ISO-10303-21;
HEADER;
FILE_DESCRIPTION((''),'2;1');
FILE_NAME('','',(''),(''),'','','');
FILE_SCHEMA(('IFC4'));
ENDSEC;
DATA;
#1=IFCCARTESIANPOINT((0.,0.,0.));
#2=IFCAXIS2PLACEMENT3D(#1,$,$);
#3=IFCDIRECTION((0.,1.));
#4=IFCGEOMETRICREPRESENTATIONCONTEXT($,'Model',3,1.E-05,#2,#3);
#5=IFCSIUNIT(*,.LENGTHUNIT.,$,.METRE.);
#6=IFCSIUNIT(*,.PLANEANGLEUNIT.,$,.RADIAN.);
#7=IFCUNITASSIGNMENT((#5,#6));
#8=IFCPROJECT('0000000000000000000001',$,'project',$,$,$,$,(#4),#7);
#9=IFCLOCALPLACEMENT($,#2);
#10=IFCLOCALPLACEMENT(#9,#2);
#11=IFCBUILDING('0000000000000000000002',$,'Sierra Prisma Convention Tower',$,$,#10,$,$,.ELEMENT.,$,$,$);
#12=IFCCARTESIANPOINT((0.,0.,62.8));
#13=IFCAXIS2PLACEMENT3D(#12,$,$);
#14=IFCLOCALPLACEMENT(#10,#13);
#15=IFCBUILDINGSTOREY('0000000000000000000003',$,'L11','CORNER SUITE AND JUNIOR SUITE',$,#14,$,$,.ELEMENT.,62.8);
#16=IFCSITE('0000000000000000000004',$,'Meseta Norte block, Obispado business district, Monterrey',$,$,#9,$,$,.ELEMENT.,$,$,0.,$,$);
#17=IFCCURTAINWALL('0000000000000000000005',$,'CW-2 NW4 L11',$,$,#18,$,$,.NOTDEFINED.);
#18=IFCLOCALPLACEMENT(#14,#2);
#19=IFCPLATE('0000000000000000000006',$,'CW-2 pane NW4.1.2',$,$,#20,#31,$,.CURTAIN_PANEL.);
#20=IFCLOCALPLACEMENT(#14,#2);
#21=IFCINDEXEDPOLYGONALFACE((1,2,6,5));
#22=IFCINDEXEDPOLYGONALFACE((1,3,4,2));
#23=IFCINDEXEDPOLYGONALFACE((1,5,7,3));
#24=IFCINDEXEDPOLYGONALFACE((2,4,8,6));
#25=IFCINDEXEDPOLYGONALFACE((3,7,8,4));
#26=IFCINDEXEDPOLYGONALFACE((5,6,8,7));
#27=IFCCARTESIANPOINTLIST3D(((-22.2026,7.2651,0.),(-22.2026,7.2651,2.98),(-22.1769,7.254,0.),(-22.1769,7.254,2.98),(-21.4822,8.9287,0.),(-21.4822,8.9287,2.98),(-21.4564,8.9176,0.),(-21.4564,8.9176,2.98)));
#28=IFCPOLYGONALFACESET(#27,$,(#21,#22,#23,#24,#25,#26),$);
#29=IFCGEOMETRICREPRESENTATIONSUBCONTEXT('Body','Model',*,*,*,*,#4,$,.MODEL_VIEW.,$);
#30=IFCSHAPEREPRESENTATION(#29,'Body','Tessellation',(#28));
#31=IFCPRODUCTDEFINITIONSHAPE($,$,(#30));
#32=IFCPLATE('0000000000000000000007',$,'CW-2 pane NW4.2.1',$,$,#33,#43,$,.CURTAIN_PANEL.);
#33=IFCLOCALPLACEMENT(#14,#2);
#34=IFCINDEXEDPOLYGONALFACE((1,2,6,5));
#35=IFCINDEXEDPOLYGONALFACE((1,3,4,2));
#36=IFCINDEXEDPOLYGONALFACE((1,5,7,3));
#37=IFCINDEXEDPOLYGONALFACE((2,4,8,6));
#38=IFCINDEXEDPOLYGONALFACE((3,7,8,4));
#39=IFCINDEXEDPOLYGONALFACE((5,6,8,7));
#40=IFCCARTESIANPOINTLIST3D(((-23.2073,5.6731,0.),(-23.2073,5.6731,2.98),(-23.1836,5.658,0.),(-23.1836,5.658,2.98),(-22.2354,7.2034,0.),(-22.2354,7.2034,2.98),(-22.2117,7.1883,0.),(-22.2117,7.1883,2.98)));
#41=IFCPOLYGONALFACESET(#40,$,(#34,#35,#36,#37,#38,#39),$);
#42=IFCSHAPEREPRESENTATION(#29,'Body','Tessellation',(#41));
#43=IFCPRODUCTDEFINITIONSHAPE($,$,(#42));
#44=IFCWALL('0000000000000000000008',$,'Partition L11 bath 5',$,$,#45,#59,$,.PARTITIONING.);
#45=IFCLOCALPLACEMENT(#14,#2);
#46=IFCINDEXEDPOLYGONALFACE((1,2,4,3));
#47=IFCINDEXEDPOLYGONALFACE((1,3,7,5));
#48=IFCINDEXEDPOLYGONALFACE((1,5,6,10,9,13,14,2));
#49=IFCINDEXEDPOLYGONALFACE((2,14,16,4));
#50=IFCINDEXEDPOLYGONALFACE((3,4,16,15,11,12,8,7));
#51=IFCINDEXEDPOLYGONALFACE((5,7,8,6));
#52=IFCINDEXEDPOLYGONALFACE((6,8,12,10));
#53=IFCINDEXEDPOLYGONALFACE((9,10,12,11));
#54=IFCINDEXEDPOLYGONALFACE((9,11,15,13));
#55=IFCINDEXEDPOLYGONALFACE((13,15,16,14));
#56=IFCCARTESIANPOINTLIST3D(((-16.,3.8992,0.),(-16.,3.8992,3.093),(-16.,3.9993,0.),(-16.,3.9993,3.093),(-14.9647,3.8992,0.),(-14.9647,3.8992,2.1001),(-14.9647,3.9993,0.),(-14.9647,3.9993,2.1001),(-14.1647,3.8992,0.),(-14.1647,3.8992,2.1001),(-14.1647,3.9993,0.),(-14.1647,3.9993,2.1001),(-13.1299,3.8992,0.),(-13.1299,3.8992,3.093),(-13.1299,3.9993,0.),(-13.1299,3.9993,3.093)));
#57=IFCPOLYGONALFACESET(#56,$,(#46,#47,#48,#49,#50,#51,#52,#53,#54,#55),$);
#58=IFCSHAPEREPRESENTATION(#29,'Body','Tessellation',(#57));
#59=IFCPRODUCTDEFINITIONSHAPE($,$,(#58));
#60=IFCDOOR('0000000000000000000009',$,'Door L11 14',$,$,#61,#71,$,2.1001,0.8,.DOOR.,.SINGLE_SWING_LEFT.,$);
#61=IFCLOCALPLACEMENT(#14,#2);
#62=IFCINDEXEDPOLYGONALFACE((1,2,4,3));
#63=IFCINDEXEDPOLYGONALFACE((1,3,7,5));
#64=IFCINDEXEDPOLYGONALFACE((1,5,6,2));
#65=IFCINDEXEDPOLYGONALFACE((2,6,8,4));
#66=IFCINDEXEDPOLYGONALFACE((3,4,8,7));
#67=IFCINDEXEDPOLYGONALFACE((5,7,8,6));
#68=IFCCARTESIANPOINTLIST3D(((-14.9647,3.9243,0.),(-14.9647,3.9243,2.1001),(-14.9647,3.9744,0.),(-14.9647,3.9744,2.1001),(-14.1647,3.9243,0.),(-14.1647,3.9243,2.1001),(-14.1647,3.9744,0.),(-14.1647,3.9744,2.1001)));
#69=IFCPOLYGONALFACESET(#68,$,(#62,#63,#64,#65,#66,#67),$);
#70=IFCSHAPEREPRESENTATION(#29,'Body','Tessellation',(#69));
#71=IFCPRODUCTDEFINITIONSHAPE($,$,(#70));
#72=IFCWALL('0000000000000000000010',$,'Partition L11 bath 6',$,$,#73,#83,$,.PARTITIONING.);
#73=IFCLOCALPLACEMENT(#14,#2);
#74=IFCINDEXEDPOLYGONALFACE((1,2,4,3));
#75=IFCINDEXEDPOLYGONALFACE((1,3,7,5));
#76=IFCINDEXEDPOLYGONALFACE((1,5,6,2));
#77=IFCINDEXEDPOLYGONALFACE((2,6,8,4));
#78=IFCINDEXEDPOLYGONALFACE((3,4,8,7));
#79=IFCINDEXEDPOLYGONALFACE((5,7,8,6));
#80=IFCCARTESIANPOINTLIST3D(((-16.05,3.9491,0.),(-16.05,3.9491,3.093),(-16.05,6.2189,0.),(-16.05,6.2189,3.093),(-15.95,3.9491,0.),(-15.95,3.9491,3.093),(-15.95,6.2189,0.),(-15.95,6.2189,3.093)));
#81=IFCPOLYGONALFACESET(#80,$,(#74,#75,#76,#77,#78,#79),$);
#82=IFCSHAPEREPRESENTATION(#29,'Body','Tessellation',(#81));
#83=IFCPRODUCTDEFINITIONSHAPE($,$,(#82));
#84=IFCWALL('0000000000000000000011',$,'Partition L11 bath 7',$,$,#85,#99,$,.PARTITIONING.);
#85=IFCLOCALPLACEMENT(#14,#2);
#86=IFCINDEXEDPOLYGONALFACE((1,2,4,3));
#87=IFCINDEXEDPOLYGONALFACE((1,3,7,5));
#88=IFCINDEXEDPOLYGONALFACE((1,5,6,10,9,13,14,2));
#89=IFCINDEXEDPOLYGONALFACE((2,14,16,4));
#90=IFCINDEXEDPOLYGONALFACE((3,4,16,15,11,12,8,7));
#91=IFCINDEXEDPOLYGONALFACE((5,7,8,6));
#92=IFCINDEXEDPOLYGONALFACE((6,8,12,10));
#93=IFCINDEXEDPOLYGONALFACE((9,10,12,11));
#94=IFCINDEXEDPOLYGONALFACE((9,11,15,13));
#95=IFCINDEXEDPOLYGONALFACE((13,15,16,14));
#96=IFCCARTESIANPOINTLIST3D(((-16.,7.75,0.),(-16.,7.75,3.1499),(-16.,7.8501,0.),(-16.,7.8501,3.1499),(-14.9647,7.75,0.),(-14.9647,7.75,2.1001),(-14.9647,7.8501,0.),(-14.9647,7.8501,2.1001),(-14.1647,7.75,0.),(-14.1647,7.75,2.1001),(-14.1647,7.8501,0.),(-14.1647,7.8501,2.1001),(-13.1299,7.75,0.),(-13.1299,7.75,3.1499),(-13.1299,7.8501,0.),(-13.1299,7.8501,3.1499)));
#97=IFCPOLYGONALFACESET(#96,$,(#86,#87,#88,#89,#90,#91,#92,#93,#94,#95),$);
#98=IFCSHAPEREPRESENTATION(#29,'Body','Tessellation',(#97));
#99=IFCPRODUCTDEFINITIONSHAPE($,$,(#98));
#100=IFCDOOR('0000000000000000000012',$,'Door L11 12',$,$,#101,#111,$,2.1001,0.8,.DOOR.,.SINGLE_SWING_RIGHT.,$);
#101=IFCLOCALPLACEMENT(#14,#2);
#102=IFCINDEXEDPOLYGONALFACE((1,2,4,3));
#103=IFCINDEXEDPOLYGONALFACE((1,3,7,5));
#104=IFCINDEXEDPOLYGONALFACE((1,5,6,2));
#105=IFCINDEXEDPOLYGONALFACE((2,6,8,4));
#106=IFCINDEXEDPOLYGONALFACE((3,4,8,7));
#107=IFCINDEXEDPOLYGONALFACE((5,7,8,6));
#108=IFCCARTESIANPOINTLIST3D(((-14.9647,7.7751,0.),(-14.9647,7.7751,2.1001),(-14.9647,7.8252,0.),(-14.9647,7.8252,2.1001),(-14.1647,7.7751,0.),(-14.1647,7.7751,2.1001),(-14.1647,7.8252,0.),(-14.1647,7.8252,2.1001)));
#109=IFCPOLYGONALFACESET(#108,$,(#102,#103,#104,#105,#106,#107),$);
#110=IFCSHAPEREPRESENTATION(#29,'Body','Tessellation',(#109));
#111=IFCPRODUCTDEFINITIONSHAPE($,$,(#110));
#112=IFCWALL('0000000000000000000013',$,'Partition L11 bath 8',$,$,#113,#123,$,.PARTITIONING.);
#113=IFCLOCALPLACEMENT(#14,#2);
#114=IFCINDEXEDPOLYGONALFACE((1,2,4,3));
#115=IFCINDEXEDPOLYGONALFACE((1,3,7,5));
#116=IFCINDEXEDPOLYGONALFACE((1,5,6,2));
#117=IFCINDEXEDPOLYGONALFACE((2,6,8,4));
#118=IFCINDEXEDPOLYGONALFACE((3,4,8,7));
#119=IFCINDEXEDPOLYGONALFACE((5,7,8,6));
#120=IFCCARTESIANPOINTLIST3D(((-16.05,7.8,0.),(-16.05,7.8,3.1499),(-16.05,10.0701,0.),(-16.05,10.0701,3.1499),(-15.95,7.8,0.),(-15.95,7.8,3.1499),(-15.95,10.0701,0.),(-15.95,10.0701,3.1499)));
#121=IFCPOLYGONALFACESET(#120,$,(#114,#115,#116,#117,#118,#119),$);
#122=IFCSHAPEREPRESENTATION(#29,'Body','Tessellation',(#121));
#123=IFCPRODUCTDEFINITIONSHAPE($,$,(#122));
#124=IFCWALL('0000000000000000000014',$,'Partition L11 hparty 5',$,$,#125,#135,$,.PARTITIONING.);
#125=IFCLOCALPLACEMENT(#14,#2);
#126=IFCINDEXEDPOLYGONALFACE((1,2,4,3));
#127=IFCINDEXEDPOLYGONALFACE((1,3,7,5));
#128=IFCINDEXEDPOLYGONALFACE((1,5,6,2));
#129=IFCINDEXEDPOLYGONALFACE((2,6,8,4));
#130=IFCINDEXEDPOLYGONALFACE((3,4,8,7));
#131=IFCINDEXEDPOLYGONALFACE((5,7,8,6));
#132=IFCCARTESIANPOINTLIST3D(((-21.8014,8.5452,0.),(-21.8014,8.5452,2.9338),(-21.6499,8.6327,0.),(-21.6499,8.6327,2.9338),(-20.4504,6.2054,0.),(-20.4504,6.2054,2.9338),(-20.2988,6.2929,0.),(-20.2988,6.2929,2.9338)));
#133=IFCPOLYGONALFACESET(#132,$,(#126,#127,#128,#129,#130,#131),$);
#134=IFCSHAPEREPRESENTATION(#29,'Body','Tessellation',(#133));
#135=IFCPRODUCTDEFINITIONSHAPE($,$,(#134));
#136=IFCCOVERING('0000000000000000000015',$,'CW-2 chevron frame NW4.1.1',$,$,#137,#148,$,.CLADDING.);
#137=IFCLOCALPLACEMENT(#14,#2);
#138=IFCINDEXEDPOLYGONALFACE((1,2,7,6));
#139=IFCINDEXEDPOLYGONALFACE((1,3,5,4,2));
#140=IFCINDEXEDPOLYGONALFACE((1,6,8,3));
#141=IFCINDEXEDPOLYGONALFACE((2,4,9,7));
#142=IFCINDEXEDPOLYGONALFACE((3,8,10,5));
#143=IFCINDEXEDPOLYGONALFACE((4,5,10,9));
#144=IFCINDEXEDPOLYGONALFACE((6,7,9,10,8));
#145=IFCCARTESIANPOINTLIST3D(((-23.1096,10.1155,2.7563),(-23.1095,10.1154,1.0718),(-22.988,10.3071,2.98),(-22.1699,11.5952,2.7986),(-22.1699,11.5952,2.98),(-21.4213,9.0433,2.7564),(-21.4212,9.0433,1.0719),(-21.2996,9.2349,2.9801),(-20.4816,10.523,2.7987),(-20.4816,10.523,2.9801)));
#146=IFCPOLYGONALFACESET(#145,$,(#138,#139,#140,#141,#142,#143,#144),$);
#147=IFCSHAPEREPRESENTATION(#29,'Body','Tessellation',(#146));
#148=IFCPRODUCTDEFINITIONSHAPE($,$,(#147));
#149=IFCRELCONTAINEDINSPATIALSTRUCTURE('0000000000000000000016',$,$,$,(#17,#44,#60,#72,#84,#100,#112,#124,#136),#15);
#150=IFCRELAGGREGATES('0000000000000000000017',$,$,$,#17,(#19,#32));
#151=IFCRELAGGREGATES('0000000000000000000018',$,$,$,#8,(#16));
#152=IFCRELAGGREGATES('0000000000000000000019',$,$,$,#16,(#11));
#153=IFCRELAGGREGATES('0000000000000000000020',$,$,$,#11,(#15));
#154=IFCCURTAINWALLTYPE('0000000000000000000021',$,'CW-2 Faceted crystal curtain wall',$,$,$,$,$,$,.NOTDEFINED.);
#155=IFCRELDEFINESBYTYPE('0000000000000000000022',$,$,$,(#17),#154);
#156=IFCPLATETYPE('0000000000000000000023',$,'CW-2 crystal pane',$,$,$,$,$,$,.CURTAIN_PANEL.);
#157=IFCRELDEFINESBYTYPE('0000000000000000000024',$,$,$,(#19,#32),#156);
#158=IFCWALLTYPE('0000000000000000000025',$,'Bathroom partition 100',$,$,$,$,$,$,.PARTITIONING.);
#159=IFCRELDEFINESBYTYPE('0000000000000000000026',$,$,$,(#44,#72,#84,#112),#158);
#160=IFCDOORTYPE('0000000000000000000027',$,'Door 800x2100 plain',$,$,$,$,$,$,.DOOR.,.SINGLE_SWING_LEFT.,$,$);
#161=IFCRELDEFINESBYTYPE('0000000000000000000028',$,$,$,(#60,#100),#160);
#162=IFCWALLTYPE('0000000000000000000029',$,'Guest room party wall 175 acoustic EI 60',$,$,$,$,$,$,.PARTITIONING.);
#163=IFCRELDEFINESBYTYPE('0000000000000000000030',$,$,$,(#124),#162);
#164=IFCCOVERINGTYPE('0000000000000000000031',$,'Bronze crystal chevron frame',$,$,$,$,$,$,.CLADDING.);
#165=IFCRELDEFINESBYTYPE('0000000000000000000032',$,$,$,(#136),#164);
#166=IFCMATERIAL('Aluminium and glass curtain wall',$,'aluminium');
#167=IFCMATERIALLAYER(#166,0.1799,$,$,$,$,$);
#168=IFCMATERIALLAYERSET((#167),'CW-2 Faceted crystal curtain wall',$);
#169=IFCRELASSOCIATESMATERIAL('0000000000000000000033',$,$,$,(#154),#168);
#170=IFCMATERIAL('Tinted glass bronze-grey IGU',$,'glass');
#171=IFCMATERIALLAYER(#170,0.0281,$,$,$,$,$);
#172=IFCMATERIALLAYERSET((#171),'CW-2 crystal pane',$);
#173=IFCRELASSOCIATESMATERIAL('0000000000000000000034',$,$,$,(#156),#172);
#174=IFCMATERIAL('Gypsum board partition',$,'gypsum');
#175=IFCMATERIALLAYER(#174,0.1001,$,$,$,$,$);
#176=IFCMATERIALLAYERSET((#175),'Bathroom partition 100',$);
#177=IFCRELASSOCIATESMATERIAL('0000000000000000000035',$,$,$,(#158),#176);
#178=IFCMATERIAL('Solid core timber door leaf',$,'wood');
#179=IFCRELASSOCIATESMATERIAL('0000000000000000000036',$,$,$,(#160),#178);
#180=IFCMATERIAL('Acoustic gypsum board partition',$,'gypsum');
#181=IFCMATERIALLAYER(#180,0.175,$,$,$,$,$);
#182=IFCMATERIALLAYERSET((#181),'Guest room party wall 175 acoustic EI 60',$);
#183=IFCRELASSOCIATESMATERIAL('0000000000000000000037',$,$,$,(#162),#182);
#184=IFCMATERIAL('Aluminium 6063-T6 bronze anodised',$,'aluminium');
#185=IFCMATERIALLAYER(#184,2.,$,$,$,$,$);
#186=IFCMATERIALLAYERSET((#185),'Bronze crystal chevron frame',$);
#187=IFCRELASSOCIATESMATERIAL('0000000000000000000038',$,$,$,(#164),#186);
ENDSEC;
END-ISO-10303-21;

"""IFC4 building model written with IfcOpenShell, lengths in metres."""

from ifc_helpers import new_model, si_unit, direction, frame, frame_2d, origin, place, context, subcontext, project, spatial, polyline, rectangle, outline, extrude, material, layer, layer_set, type_object, element, fill, aggregate, save


model = new_model("IFC4")

# Units and contexts
model_context = context("Model", 3, precision=1e-05, world=origin(), true_north=direction((0.0, 1.0)))
body_context = subcontext(model_context, "Body", "Model", "MODEL_VIEW")
ifc_project = project(units=[si_unit("LENGTHUNIT", "METRE"), si_unit("PLANEANGLEUNIT", "RADIAN")], contexts=[model_context])

# Site, building, storey
site_placement = place(None, origin())
site = spatial("IfcSite", under=ifc_project, at=site_placement, Name="Meseta Norte block, Obispado business district, Monterrey", CompositionType="ELEMENT", RefElevation=0.0)
building_placement = place(site_placement, origin())
building = spatial("IfcBuilding", under=site, at=building_placement, Name="Sierra Prisma Convention Tower", CompositionType="ELEMENT")
storey_placement = place(building_placement, frame((0.0, 0.0, 62.8)))
storey = spatial("IfcBuildingStorey", under=building, at=storey_placement, Name="L11", Description="CORNER SUITE AND JUNIOR SUITE", CompositionType="ELEMENT", Elevation=62.8)

# Curtain wall
ifc_material_1 = material(Name="Aluminium and glass curtain wall", Category="aluminium")
ifc_layer_1 = layer(ifc_material_1, 0.1799)
ifc_layer_set_1 = layer_set([ifc_layer_1], Name="CW-2 Faceted crystal curtain wall")
curtain_wall_type = type_object("IfcCurtainWallType", Name="CW-2 Faceted crystal curtain wall", PredefinedType="NOTDEFINED", material=ifc_layer_set_1)
curtain_wall_1_placement = place(storey_placement, origin())
curtain_wall_1 = element("IfcCurtainWall", 1, at=curtain_wall_1_placement, inside=storey, type_object=curtain_wall_type, Name="CW-2 NW4 L11", PredefinedType="NOTDEFINED")

# Plates
ifc_material_2 = material(Name="Tinted glass bronze-grey IGU", Category="glass")
ifc_layer_2 = layer(ifc_material_2, 0.0281)
ifc_layer_set_2 = layer_set([ifc_layer_2], Name="CW-2 crystal pane")
plate_type = type_object("IfcPlateType", Name="CW-2 crystal pane", PredefinedType="CURTAIN_PANEL", material=ifc_layer_set_2)
plate_1_placement = place(storey_placement, frame((-22.2026, 7.2651, 0.0), z_axis=(-0.917641, 0.397411, 0.0), x_axis=(0.397411, 0.917641, 0.0)))
plate_1 = element("IfcPlate", 2, at=plate_1_placement, type_object=plate_type, Name="CW-2 pane NW4.1.2", PredefinedType="CURTAIN_PANEL", context=body_context, shape_type="SweptSolid", body=[
    extrude(outline(polyline([(0.0, 0.0), (1.8129, 0.0), (1.8129, -2.98), (0.0, -2.98), (0.0, 0.0)])), origin(), (0.0, 0.0, -1.0), 0.0281),
])
plate_2_placement = place(storey_placement, frame((-22.2354, 7.2034, 0.0), z_axis=(-0.844133, 0.536135, 0.0), x_axis=(-0.536135, -0.844133, 0.0)))
plate_2 = element("IfcPlate", 3, at=plate_2_placement, type_object=plate_type, Name="CW-2 pane NW4.2.1", PredefinedType="CURTAIN_PANEL", context=body_context, shape_type="SweptSolid", body=[
    extrude(outline(polyline([(0.0, 0.0), (1.8128, 0.0), (1.8128, 2.98), (0.0, 2.98), (0.0, 0.0)])), origin(), (0.0, 0.0, -1.0), 0.0281),
])
aggregate(curtain_wall_1, [plate_1, plate_2])

# Wall, opening, door
ifc_material_3 = material(Name="Gypsum board partition", Category="gypsum")
ifc_layer_3 = layer(ifc_material_3, 0.1001)
ifc_layer_set_3 = layer_set([ifc_layer_3], Name="Bathroom partition 100")
wall_type_1 = type_object("IfcWallType", Name="Bathroom partition 100", PredefinedType="PARTITIONING", material=ifc_layer_set_3)
wall_1_placement = place(storey_placement, frame((-13.1299, 3.9492, 0.0), z_axis=(0.0, 0.0, 1.0), x_axis=(-1.0, 0.0, 0.0)))
wall_1 = element("IfcWall", 4, at=wall_1_placement, inside=storey, type_object=wall_type_1, Name="Partition L11 bath 5", PredefinedType="PARTITIONING", context=body_context, shape_type="SweptSolid", body=[
    extrude(rectangle(XDim=2.8701, YDim=0.1001, at=frame_2d((1.4351, 0.0))), origin(), (0.0, 0.0, 1.0), 3.093),
])
opening_1_placement = place(wall_1_placement, frame((1.0349, 0.0, 0.0)))
opening_1 = element("IfcOpeningElement", 5, at=opening_1_placement, cuts=wall_1, PredefinedType="OPENING", context=body_context, shape_type="SweptSolid", body=[
    extrude(rectangle(XDim=0.8, YDim=2.1001, at=frame_2d((0.3999, 1.05))), frame((0.0, 0.05, 0.0), z_axis=(0.0, -1.0, 0.0), x_axis=(1.0, 0.0, 0.0)), (0.0, 0.0, 1.0), 0.1001),
])
ifc_material_4 = material(Name="Solid core timber door leaf", Category="wood")
door_type = type_object("IfcDoorType", Name="Door 800x2100 plain", OperationType="SINGLE_SWING_LEFT", PredefinedType="DOOR", material=ifc_material_4)
door_1_placement = place(opening_1_placement, origin())
door_1 = element("IfcDoor", 6, at=door_1_placement, inside=storey, type_object=door_type, Name="Door L11 14", OperationType="SINGLE_SWING_LEFT", OverallHeight=2.1001, OverallWidth=0.8, PredefinedType="DOOR", context=body_context, shape_type="SweptSolid", body=[
    extrude(rectangle(XDim=0.8, YDim=2.1001, at=frame_2d((0.3999, 1.05))), frame((0.0, 0.0249, 0.0), z_axis=(0.0, -1.0, 0.0), x_axis=(1.0, 0.0, 0.0)), (0.0, 0.0, 1.0), 0.05),
])
fill(opening_1, door_1)

# Wall
wall_2_placement = place(storey_placement, frame((-16.0, 3.9492, 0.0), z_axis=(0.0, 0.0, 1.0), x_axis=(0.0, 1.0, 0.0)))
element("IfcWall", 7, at=wall_2_placement, inside=storey, type_object=wall_type_1, Name="Partition L11 bath 6", PredefinedType="PARTITIONING", context=body_context, shape_type="SweptSolid", body=[
    extrude(rectangle(XDim=2.2698, YDim=0.1001, at=frame_2d((1.1348, 0.0))), origin(), (0.0, 0.0, 1.0), 3.093),
])

# Wall, opening, door
wall_3_placement = place(storey_placement, frame((-13.1299, 7.8, 0.0), z_axis=(0.0, 0.0, 1.0), x_axis=(-1.0, 0.0, 0.0)))
wall_3 = element("IfcWall", 8, at=wall_3_placement, inside=storey, type_object=wall_type_1, Name="Partition L11 bath 7", PredefinedType="PARTITIONING", context=body_context, shape_type="SweptSolid", body=[
    extrude(rectangle(XDim=2.8701, YDim=0.1001, at=frame_2d((1.4351, 0.0))), origin(), (0.0, 0.0, 1.0), 3.1499),
])
opening_2_placement = place(wall_3_placement, frame((1.0349, 0.0, 0.0)))
opening_2 = element("IfcOpeningElement", 9, at=opening_2_placement, cuts=wall_3, PredefinedType="OPENING", context=body_context, shape_type="SweptSolid", body=[
    extrude(rectangle(XDim=0.8, YDim=2.1001, at=frame_2d((0.3999, 1.05))), frame((0.0, 0.05, 0.0), z_axis=(0.0, -1.0, 0.0), x_axis=(1.0, 0.0, 0.0)), (0.0, 0.0, 1.0), 0.1001),
])
door_2_placement = place(opening_2_placement, origin())
door_2 = element("IfcDoor", 10, at=door_2_placement, inside=storey, type_object=door_type, Name="Door L11 12", OperationType="SINGLE_SWING_RIGHT", OverallHeight=2.1001, OverallWidth=0.8, PredefinedType="DOOR", context=body_context, shape_type="SweptSolid", body=[
    extrude(rectangle(XDim=0.8, YDim=2.1001, at=frame_2d((0.3999, 1.05))), frame((0.0, 0.0249, 0.0), z_axis=(0.0, -1.0, 0.0), x_axis=(1.0, 0.0, 0.0)), (0.0, 0.0, 1.0), 0.05),
])
fill(opening_2, door_2)

# Walls
wall_4_placement = place(storey_placement, frame((-16.0, 7.8, 0.0), z_axis=(0.0, 0.0, 1.0), x_axis=(0.0, 1.0, 0.0)))
element("IfcWall", 11, at=wall_4_placement, inside=storey, type_object=wall_type_1, Name="Partition L11 bath 8", PredefinedType="PARTITIONING", context=body_context, shape_type="SweptSolid", body=[
    extrude(rectangle(XDim=2.27, YDim=0.1001, at=frame_2d((1.135, 0.0))), origin(), (0.0, 0.0, 1.0), 3.1499),
])
ifc_material_5 = material(Name="Acoustic gypsum board partition", Category="gypsum")
ifc_layer_4 = layer(ifc_material_5, 0.175)
ifc_layer_set_4 = layer_set([ifc_layer_4], Name="Guest room party wall 175 acoustic EI 60")
wall_type_2 = type_object("IfcWallType", Name="Guest room party wall 175 acoustic EI 60", PredefinedType="PARTITIONING", material=ifc_layer_set_4)
wall_5_placement = place(storey_placement, frame((-20.3745, 6.249, 0.0), z_axis=(0.0, 0.0, 1.0), x_axis=(-0.500046, 0.865999, 0.0)))
element("IfcWall", 12, at=wall_5_placement, inside=storey, type_object=wall_type_2, Name="Partition L11 hparty 5", PredefinedType="PARTITIONING", context=body_context, shape_type="SweptSolid", body=[
    extrude(rectangle(XDim=2.7019, YDim=0.175, at=frame_2d((1.3511, 0.0))), origin(), (0.0, 0.0, 1.0), 2.9338),
])

# Covering
ifc_material_6 = material(Name="Aluminium 6063-T6 bronze anodised", Category="aluminium")
ifc_layer_5 = layer(ifc_material_6, 2.0)
ifc_layer_set_5 = layer_set([ifc_layer_5], Name="Bronze crystal chevron frame")
covering_type = type_object("IfcCoveringType", Name="Bronze crystal chevron frame", PredefinedType="CLADDING", material=ifc_layer_set_5)
covering_placement = place(storey_placement, frame((-22.1699, 11.5952, 2.98), z_axis=(-0.844162, 0.536088, -0.000051), x_axis=(0.000043, -0.000027, -1.0)))
element("IfcCovering", 13, at=covering_placement, inside=storey, type_object=covering_type, Name="CW-2 chevron frame NW4.1.1", PredefinedType="CLADDING", context=body_context, shape_type="SweptSolid", body=[
    extrude(outline(polyline([(0.0, 0.0), (0.1814, 0.0), (1.9082, 1.7529), (0.2236, 1.7529), (0.0, 1.5259), (0.0, 0.0)])), origin(), (0.0, 0.0, -1.0), 2.0),
])

save(model, "model.ifc")
